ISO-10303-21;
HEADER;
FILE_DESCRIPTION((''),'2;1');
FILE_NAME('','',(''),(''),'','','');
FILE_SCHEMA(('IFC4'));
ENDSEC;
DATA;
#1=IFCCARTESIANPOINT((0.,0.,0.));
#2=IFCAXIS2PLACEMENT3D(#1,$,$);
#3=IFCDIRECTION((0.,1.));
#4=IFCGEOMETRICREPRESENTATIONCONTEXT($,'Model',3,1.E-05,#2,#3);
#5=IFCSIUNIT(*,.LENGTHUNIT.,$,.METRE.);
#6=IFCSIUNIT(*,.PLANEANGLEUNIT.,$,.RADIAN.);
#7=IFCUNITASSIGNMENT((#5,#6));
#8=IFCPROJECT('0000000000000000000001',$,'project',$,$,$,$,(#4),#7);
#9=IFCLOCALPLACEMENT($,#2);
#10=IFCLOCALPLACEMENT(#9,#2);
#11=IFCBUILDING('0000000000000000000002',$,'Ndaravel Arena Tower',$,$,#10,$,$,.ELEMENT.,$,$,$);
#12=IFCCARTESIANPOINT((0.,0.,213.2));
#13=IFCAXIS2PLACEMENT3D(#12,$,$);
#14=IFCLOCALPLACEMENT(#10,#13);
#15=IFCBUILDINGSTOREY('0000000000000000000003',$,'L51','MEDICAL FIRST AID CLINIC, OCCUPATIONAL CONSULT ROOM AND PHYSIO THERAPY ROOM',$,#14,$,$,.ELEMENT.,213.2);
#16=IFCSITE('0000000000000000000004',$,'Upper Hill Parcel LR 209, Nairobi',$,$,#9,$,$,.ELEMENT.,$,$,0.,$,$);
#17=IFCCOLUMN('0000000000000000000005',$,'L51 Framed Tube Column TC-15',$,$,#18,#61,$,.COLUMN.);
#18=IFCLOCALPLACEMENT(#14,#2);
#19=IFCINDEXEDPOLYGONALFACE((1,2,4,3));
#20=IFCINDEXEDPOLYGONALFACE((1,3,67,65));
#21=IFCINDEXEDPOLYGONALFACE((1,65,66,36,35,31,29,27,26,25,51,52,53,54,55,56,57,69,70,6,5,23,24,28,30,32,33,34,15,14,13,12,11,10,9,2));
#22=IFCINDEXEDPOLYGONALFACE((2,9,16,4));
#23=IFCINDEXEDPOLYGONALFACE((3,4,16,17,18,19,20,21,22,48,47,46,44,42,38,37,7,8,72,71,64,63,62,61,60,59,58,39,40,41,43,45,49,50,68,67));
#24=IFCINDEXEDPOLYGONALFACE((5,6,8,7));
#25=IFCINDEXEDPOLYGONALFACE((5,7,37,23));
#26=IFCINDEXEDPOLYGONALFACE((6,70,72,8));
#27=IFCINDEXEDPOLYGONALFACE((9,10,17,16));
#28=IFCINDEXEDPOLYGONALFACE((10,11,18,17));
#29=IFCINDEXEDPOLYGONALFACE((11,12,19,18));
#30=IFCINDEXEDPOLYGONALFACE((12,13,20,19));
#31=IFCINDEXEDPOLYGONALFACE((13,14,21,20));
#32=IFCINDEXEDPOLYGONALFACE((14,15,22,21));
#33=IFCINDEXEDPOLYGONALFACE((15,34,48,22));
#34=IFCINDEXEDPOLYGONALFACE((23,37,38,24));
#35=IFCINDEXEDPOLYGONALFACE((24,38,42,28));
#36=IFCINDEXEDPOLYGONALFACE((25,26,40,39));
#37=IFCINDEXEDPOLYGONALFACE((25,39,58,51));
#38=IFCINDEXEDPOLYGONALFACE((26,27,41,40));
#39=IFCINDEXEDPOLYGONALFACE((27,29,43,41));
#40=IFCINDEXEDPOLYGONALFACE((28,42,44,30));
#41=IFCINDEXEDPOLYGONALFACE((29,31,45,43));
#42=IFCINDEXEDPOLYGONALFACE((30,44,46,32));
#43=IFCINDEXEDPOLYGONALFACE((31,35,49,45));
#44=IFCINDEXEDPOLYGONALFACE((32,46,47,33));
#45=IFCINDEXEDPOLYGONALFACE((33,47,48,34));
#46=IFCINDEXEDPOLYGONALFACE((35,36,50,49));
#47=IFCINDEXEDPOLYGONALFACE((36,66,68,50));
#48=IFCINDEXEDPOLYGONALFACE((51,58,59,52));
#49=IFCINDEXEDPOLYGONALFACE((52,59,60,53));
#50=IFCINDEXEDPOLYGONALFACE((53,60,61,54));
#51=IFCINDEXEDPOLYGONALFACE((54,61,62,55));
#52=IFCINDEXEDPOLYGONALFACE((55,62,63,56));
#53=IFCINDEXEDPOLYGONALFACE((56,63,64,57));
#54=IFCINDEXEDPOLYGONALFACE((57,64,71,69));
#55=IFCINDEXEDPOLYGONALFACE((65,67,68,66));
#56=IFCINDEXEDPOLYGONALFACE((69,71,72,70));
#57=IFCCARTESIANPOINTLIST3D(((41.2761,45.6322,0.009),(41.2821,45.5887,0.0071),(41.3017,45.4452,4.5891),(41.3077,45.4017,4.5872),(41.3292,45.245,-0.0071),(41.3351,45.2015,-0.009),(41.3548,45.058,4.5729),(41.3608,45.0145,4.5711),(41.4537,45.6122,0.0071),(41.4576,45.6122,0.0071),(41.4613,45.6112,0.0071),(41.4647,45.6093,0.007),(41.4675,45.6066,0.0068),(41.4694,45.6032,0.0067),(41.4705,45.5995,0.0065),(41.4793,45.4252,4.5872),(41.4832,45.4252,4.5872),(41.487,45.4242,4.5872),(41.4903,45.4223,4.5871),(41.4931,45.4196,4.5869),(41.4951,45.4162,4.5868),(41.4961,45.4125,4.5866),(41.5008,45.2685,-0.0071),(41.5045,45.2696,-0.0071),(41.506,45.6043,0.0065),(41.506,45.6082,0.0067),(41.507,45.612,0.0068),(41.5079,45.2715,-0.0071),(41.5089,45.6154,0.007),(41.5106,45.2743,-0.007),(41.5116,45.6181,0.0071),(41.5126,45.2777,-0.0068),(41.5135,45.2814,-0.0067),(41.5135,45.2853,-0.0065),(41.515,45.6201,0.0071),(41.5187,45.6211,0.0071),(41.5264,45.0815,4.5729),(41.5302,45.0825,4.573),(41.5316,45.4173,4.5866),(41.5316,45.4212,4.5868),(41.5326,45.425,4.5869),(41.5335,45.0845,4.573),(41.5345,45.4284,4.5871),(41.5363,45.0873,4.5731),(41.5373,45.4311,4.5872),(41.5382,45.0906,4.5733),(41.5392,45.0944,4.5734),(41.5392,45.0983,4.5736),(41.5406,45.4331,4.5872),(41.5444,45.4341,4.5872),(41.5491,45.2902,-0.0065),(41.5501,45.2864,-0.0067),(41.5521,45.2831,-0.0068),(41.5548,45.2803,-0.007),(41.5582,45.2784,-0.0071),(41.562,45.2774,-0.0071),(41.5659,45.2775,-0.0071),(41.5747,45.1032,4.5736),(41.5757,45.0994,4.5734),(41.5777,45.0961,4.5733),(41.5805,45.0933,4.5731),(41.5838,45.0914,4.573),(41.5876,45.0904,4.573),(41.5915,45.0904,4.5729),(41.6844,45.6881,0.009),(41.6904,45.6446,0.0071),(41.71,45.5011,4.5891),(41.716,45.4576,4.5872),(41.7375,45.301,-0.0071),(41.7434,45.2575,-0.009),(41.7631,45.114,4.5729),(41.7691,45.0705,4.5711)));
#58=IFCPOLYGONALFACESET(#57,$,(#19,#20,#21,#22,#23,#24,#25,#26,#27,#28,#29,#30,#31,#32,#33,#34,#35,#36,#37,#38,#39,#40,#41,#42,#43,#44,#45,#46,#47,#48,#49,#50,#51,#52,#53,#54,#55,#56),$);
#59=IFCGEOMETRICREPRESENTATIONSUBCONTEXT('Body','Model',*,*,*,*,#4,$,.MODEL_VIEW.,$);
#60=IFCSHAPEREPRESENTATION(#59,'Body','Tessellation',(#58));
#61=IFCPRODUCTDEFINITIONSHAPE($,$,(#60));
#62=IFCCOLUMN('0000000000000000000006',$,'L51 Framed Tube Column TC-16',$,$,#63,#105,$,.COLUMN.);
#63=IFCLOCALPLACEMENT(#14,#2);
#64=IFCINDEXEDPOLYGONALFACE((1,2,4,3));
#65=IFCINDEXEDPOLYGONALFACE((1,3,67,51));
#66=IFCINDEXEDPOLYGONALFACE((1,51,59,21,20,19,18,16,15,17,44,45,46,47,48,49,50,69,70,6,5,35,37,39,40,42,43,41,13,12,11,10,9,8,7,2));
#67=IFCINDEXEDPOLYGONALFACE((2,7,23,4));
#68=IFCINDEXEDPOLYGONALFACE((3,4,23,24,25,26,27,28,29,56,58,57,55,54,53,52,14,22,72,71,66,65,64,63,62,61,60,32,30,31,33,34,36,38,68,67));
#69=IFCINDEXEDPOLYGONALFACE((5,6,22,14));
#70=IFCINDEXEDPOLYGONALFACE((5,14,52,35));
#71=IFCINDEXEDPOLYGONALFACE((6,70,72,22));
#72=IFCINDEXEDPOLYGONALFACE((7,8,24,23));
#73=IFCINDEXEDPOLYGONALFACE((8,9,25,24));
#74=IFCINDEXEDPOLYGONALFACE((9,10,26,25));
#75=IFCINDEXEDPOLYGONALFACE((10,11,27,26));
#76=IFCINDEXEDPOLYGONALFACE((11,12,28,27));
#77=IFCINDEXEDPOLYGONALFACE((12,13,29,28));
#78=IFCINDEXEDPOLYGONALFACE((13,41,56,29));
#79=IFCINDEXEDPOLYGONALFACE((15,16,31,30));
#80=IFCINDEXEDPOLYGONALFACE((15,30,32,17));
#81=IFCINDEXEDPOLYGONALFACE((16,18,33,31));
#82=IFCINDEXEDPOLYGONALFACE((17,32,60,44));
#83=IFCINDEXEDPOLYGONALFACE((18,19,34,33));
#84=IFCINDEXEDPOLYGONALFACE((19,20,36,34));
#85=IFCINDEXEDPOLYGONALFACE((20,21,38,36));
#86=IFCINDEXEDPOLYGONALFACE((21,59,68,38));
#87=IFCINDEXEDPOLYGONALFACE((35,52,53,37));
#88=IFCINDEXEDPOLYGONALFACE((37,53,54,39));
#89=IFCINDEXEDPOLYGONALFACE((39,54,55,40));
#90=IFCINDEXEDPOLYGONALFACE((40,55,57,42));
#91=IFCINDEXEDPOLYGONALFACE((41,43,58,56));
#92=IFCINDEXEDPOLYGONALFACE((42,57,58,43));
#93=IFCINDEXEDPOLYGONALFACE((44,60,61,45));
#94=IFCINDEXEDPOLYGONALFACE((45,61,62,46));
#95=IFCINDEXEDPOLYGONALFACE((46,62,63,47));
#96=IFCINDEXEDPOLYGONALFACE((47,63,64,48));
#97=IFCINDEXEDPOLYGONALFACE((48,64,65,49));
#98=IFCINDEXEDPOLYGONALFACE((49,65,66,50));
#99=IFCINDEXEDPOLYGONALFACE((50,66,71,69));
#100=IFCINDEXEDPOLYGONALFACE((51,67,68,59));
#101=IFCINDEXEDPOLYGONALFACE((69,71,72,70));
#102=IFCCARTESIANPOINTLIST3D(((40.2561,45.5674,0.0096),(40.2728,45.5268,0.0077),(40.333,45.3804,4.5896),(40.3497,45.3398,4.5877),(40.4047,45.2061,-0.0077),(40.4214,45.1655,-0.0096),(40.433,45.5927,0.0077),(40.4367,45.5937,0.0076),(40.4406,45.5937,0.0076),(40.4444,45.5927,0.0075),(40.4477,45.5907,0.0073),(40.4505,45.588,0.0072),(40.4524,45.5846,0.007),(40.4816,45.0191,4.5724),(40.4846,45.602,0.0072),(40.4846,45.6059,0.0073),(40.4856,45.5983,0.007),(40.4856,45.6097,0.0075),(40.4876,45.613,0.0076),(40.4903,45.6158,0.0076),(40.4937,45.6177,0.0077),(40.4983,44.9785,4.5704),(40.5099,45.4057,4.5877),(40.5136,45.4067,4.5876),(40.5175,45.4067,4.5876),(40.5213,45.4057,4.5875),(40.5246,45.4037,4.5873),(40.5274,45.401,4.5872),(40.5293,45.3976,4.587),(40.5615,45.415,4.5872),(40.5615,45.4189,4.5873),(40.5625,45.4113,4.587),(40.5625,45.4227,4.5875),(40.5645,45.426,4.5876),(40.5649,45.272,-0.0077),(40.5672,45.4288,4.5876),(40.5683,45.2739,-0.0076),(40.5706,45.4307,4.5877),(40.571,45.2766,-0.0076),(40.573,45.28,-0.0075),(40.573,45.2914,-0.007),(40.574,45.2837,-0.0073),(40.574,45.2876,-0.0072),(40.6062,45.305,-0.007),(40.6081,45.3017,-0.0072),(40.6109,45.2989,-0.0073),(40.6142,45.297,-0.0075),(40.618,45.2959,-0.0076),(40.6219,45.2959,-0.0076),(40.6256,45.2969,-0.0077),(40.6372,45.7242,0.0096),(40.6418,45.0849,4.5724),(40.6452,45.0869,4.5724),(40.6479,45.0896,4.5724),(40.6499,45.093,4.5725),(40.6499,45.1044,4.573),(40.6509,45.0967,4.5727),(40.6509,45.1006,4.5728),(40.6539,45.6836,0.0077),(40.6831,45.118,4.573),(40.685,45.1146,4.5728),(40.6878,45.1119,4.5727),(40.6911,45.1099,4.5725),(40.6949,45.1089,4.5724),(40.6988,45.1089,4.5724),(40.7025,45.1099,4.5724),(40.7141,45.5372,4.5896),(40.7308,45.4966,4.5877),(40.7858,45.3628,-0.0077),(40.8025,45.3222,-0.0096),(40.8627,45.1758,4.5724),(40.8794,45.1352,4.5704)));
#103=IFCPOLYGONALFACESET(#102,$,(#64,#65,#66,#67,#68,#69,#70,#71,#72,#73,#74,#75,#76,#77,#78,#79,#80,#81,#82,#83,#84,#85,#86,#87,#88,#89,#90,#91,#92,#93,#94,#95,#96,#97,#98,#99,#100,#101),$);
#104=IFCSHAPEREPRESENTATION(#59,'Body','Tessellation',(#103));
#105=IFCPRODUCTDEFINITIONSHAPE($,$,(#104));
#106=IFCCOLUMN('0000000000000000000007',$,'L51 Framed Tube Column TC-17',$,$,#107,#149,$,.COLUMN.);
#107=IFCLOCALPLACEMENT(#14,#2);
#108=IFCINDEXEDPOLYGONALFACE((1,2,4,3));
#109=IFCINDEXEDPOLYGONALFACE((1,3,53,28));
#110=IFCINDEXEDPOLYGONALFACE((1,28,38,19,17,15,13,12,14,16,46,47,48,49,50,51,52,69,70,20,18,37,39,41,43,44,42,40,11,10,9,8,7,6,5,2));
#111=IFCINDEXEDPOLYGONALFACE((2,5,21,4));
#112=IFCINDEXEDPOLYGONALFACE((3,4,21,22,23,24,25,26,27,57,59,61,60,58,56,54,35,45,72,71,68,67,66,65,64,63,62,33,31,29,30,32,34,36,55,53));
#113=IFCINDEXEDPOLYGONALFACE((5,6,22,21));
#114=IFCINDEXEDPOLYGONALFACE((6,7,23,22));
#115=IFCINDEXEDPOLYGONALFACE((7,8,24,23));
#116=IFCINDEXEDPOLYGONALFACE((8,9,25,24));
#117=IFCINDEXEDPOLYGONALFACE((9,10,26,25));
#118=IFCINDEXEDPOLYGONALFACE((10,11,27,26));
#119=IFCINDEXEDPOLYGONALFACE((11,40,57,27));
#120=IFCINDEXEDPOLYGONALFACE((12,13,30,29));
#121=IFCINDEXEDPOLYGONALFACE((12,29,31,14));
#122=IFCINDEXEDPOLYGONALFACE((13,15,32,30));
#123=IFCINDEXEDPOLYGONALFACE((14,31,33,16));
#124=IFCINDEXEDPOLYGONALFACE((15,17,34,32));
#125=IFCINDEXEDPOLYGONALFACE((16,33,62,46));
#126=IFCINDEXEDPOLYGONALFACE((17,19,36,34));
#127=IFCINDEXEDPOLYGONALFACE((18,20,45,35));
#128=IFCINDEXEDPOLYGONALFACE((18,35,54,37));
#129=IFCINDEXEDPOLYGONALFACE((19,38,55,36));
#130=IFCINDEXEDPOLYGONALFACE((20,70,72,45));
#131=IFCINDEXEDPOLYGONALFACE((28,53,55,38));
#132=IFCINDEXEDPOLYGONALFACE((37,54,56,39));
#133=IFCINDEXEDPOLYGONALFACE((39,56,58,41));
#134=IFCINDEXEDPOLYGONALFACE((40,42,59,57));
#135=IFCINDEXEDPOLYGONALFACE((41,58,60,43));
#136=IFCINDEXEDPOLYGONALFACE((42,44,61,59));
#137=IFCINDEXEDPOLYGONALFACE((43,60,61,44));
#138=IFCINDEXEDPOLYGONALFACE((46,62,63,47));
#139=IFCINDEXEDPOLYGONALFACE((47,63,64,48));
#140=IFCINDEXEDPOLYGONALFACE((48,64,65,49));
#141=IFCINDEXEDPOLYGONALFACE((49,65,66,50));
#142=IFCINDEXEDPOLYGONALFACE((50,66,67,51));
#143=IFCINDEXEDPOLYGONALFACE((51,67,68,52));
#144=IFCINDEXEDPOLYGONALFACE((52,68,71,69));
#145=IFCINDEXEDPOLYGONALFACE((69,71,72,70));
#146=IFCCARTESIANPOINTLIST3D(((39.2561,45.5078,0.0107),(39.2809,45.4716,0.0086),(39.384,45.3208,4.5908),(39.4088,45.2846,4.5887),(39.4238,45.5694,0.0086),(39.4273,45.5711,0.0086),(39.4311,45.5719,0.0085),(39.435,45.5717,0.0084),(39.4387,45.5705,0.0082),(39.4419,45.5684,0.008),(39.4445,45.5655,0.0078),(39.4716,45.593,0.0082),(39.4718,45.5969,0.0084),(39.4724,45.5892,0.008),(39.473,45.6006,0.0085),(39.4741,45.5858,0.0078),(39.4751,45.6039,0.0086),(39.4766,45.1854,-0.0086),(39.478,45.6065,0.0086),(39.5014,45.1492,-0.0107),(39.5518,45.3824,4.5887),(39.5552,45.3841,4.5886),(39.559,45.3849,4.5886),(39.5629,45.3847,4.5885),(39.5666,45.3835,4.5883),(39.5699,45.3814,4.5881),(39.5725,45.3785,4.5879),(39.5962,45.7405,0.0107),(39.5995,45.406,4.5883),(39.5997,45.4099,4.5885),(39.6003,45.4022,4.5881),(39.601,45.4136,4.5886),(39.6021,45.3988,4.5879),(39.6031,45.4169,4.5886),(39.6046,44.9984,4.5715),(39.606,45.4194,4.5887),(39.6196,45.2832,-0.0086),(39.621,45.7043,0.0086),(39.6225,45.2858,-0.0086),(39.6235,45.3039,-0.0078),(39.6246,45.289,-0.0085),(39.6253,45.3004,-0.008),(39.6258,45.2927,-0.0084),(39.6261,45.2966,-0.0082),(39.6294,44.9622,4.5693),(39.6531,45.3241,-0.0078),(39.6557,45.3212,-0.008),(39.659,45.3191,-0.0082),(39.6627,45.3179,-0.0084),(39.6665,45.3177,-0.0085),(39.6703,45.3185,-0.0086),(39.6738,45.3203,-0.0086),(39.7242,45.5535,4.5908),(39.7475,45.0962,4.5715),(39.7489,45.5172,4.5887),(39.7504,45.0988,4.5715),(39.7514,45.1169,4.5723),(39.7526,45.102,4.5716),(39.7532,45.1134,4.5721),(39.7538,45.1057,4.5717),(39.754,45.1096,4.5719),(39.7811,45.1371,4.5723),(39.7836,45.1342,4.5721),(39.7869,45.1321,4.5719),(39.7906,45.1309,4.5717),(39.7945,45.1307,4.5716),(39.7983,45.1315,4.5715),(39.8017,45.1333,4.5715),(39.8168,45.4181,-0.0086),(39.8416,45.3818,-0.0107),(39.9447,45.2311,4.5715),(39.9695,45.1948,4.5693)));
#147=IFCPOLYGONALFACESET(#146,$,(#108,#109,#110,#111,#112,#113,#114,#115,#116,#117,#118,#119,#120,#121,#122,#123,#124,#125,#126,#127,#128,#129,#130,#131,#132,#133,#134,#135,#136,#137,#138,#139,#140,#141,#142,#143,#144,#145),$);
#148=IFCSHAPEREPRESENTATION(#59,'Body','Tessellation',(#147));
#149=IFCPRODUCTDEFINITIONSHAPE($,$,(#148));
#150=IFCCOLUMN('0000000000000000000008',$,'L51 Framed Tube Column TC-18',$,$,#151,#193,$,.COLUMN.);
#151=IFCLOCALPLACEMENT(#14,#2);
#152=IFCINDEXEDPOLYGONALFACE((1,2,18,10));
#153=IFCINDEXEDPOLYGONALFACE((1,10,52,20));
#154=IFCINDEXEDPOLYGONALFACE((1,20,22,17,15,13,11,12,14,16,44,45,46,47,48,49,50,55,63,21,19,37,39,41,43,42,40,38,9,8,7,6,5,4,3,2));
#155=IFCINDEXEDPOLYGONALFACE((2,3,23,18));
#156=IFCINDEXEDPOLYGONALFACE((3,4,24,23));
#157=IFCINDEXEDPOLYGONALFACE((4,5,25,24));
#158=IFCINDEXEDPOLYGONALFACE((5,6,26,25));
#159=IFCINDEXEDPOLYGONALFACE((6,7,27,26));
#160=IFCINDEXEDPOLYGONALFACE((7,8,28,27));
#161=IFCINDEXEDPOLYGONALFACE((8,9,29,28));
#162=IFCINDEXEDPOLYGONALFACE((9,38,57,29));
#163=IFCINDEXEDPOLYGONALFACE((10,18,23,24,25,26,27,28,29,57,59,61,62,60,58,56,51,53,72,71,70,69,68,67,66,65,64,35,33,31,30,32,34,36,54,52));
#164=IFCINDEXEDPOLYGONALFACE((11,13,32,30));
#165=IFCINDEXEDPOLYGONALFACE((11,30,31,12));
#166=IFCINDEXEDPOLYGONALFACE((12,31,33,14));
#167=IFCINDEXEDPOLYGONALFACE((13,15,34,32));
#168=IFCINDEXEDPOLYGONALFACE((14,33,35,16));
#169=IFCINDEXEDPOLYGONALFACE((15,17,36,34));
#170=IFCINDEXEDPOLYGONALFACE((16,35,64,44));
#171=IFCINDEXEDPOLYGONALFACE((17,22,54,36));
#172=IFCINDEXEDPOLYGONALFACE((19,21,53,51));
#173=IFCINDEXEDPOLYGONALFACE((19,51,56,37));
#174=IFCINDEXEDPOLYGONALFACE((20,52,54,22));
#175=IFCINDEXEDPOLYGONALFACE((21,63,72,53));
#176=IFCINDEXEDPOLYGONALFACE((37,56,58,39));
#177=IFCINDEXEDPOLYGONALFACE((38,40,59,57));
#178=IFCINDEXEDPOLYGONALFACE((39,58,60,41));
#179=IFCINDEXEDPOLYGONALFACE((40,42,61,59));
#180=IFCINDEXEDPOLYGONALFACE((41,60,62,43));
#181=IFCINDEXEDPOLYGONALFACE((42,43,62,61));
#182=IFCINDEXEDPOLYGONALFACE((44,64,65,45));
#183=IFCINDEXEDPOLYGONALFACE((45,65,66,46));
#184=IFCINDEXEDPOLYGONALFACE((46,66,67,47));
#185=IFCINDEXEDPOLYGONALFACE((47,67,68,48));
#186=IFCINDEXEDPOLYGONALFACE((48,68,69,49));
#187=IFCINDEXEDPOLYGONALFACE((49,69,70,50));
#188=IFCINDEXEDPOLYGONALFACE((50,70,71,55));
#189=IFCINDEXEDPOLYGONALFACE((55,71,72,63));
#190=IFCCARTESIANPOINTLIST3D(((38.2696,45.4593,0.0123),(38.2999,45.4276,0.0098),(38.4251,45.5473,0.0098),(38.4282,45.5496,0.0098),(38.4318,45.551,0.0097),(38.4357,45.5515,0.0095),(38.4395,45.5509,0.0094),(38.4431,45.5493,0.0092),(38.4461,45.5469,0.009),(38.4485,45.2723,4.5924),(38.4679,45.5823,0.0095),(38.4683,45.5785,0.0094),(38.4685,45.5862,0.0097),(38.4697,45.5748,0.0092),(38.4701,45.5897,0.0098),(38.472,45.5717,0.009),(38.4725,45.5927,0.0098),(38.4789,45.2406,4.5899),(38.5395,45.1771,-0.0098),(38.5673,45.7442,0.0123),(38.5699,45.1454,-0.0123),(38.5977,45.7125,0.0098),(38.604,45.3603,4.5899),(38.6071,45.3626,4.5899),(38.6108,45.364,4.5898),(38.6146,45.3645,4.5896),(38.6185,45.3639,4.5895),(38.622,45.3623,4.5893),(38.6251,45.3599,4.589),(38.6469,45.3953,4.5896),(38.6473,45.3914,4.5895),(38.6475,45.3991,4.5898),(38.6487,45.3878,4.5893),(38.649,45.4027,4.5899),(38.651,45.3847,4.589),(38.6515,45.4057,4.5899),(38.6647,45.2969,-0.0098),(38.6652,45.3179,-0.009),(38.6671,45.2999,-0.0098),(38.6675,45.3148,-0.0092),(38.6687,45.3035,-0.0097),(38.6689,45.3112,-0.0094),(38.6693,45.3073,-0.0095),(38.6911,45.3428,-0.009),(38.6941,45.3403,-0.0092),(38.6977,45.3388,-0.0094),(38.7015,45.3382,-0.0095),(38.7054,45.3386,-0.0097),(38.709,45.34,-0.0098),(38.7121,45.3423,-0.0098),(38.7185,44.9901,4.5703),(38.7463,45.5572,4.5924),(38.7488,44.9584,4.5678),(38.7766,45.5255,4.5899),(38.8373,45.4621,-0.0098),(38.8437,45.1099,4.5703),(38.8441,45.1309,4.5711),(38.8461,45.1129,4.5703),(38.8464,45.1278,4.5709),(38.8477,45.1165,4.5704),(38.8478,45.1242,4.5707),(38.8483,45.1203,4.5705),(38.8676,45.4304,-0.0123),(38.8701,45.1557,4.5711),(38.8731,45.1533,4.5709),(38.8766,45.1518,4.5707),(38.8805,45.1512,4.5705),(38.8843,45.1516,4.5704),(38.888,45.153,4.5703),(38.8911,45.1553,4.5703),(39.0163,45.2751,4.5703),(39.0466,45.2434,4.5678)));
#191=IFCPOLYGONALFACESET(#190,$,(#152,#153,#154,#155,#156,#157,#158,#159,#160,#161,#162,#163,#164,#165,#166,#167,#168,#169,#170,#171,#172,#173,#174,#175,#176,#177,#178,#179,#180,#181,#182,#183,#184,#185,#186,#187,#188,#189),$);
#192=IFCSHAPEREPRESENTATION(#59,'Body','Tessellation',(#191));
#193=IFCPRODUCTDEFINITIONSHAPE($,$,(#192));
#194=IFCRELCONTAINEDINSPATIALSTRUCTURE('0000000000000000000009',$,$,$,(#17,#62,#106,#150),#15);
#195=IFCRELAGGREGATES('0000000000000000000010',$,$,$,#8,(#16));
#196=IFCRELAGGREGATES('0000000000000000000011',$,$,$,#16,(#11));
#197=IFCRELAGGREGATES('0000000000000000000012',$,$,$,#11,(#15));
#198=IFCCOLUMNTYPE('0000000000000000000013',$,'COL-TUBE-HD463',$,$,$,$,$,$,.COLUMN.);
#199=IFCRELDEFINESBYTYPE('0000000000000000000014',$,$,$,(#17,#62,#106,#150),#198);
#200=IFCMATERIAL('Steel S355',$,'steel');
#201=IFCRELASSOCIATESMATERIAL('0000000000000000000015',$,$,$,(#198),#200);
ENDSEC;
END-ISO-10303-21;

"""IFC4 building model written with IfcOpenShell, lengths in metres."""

from ifc_helpers import new_model, si_unit, direction, frame, origin, origin_2d, place, context, subcontext, project, spatial, i_section, extrude, material, material_profile, profile_set, type_object, element, save


model = new_model("IFC4")

# Units and contexts
model_context = context("Model", 3, precision=1e-05, world=origin(), true_north=direction((0.0, 1.0)))
body_context = subcontext(model_context, "Body", "Model", "MODEL_VIEW")
ifc_project = project(units=[si_unit("LENGTHUNIT", "METRE"), si_unit("PLANEANGLEUNIT", "RADIAN")], contexts=[model_context])

# Site, building, storey
site_placement = place(None, origin())
site = spatial("IfcSite", under=ifc_project, at=site_placement, Name="Upper Hill Parcel LR 209, Nairobi", CompositionType="ELEMENT", RefElevation=0.0)
building_placement = place(site_placement, origin())
building = spatial("IfcBuilding", under=site, at=building_placement, Name="Ndaravel Arena Tower", CompositionType="ELEMENT")
storey_placement = place(building_placement, frame((0.0, 0.0, 213.2)))
storey = spatial("IfcBuildingStorey", under=building, at=storey_placement, Name="L51", Description="MEDICAL FIRST AID CLINIC, OCCUPATIONAL CONSULT ROOM AND PHYSIO THERAPY ROOM", CompositionType="ELEMENT", Elevation=213.2)

# Columns
ifc_material_1 = material(Name="Steel S355", Category="steel")
ifc_material_profile_1 = material_profile(ifc_material_1, i_section(OverallWidth=0.4121, OverallDepth=0.4351, WebThickness=0.0359, FlangeThickness=0.0439, FilletRadius=0.0149, at=origin_2d()), Name="HD 400x463")
ifc_profile_set_1 = profile_set([ifc_material_profile_1], Name="Steel S355")
column_type = type_object("IfcColumnType", Name="COL-TUBE-HD463", PredefinedType="COLUMN", material=ifc_profile_set_1)
column_1_placement = place(storey_placement, frame((41.5098, 45.4448, 0.0), z_axis=(0.005592, -0.040797, 0.999152), x_axis=(0.990735, 0.135806, 0.0)))
element("IfcColumn", 1, at=column_1_placement, inside=storey, type_object=column_type, Name="L51 Framed Tube Column TC-15", PredefinedType="COLUMN", context=body_context, shape_type="SweptSolid", body=[
    extrude(i_section(OverallWidth=0.4121, OverallDepth=0.4351, WebThickness=0.0359, FlangeThickness=0.0439, FilletRadius=0.0149, at=origin_2d()), origin(), (0.0, 0.0, 1.0), 4.584),
])
column_2_placement = place(storey_placement, frame((40.5293, 45.4448, 0.0), z_axis=(0.016775, -0.040792, 0.999027), x_axis=(0.924853, 0.380325, 0.0)))
element("IfcColumn", 2, at=column_2_placement, inside=storey, type_object=column_type, Name="L51 Framed Tube Column TC-16", PredefinedType="COLUMN", context=body_context, shape_type="SweptSolid", body=[
    extrude(i_section(OverallWidth=0.4121, OverallDepth=0.4351, WebThickness=0.0359, FlangeThickness=0.0439, FilletRadius=0.0149, at=origin_2d()), origin(), (0.0, 0.0, 1.0), 4.5845),
])
column_3_placement = place(storey_placement, frame((39.5488, 45.4448, 0.0), z_axis=(0.027898, -0.040782, 0.998779), x_axis=(0.82536, 0.564607, 0.0)))
element("IfcColumn", 3, at=column_3_placement, inside=storey, type_object=column_type, Name="L51 Framed Tube Column TC-17", PredefinedType="COLUMN", context=body_context, shape_type="SweptSolid", body=[
    extrude(i_section(OverallWidth=0.4121, OverallDepth=0.4351, WebThickness=0.0359, FlangeThickness=0.0439, FilletRadius=0.0149, at=origin_2d()), origin(), (0.0, 0.0, 1.0), 4.5857),
])
column_4_placement = place(storey_placement, frame((38.5686, 45.4448, 0.0), z_axis=(0.03901, -0.040767, 0.998407), x_axis=(0.722498, 0.691373, 0.0)))
element("IfcColumn", 4, at=column_4_placement, inside=storey, type_object=column_type, Name="L51 Framed Tube Column TC-18", PredefinedType="COLUMN", context=body_context, shape_type="SweptSolid", body=[
    extrude(i_section(OverallWidth=0.4121, OverallDepth=0.4351, WebThickness=0.0359, FlangeThickness=0.0439, FilletRadius=0.0149, at=origin_2d()), origin(), (0.0, 0.0, 1.0), 4.5874),
])

save(model, "model.ifc")
